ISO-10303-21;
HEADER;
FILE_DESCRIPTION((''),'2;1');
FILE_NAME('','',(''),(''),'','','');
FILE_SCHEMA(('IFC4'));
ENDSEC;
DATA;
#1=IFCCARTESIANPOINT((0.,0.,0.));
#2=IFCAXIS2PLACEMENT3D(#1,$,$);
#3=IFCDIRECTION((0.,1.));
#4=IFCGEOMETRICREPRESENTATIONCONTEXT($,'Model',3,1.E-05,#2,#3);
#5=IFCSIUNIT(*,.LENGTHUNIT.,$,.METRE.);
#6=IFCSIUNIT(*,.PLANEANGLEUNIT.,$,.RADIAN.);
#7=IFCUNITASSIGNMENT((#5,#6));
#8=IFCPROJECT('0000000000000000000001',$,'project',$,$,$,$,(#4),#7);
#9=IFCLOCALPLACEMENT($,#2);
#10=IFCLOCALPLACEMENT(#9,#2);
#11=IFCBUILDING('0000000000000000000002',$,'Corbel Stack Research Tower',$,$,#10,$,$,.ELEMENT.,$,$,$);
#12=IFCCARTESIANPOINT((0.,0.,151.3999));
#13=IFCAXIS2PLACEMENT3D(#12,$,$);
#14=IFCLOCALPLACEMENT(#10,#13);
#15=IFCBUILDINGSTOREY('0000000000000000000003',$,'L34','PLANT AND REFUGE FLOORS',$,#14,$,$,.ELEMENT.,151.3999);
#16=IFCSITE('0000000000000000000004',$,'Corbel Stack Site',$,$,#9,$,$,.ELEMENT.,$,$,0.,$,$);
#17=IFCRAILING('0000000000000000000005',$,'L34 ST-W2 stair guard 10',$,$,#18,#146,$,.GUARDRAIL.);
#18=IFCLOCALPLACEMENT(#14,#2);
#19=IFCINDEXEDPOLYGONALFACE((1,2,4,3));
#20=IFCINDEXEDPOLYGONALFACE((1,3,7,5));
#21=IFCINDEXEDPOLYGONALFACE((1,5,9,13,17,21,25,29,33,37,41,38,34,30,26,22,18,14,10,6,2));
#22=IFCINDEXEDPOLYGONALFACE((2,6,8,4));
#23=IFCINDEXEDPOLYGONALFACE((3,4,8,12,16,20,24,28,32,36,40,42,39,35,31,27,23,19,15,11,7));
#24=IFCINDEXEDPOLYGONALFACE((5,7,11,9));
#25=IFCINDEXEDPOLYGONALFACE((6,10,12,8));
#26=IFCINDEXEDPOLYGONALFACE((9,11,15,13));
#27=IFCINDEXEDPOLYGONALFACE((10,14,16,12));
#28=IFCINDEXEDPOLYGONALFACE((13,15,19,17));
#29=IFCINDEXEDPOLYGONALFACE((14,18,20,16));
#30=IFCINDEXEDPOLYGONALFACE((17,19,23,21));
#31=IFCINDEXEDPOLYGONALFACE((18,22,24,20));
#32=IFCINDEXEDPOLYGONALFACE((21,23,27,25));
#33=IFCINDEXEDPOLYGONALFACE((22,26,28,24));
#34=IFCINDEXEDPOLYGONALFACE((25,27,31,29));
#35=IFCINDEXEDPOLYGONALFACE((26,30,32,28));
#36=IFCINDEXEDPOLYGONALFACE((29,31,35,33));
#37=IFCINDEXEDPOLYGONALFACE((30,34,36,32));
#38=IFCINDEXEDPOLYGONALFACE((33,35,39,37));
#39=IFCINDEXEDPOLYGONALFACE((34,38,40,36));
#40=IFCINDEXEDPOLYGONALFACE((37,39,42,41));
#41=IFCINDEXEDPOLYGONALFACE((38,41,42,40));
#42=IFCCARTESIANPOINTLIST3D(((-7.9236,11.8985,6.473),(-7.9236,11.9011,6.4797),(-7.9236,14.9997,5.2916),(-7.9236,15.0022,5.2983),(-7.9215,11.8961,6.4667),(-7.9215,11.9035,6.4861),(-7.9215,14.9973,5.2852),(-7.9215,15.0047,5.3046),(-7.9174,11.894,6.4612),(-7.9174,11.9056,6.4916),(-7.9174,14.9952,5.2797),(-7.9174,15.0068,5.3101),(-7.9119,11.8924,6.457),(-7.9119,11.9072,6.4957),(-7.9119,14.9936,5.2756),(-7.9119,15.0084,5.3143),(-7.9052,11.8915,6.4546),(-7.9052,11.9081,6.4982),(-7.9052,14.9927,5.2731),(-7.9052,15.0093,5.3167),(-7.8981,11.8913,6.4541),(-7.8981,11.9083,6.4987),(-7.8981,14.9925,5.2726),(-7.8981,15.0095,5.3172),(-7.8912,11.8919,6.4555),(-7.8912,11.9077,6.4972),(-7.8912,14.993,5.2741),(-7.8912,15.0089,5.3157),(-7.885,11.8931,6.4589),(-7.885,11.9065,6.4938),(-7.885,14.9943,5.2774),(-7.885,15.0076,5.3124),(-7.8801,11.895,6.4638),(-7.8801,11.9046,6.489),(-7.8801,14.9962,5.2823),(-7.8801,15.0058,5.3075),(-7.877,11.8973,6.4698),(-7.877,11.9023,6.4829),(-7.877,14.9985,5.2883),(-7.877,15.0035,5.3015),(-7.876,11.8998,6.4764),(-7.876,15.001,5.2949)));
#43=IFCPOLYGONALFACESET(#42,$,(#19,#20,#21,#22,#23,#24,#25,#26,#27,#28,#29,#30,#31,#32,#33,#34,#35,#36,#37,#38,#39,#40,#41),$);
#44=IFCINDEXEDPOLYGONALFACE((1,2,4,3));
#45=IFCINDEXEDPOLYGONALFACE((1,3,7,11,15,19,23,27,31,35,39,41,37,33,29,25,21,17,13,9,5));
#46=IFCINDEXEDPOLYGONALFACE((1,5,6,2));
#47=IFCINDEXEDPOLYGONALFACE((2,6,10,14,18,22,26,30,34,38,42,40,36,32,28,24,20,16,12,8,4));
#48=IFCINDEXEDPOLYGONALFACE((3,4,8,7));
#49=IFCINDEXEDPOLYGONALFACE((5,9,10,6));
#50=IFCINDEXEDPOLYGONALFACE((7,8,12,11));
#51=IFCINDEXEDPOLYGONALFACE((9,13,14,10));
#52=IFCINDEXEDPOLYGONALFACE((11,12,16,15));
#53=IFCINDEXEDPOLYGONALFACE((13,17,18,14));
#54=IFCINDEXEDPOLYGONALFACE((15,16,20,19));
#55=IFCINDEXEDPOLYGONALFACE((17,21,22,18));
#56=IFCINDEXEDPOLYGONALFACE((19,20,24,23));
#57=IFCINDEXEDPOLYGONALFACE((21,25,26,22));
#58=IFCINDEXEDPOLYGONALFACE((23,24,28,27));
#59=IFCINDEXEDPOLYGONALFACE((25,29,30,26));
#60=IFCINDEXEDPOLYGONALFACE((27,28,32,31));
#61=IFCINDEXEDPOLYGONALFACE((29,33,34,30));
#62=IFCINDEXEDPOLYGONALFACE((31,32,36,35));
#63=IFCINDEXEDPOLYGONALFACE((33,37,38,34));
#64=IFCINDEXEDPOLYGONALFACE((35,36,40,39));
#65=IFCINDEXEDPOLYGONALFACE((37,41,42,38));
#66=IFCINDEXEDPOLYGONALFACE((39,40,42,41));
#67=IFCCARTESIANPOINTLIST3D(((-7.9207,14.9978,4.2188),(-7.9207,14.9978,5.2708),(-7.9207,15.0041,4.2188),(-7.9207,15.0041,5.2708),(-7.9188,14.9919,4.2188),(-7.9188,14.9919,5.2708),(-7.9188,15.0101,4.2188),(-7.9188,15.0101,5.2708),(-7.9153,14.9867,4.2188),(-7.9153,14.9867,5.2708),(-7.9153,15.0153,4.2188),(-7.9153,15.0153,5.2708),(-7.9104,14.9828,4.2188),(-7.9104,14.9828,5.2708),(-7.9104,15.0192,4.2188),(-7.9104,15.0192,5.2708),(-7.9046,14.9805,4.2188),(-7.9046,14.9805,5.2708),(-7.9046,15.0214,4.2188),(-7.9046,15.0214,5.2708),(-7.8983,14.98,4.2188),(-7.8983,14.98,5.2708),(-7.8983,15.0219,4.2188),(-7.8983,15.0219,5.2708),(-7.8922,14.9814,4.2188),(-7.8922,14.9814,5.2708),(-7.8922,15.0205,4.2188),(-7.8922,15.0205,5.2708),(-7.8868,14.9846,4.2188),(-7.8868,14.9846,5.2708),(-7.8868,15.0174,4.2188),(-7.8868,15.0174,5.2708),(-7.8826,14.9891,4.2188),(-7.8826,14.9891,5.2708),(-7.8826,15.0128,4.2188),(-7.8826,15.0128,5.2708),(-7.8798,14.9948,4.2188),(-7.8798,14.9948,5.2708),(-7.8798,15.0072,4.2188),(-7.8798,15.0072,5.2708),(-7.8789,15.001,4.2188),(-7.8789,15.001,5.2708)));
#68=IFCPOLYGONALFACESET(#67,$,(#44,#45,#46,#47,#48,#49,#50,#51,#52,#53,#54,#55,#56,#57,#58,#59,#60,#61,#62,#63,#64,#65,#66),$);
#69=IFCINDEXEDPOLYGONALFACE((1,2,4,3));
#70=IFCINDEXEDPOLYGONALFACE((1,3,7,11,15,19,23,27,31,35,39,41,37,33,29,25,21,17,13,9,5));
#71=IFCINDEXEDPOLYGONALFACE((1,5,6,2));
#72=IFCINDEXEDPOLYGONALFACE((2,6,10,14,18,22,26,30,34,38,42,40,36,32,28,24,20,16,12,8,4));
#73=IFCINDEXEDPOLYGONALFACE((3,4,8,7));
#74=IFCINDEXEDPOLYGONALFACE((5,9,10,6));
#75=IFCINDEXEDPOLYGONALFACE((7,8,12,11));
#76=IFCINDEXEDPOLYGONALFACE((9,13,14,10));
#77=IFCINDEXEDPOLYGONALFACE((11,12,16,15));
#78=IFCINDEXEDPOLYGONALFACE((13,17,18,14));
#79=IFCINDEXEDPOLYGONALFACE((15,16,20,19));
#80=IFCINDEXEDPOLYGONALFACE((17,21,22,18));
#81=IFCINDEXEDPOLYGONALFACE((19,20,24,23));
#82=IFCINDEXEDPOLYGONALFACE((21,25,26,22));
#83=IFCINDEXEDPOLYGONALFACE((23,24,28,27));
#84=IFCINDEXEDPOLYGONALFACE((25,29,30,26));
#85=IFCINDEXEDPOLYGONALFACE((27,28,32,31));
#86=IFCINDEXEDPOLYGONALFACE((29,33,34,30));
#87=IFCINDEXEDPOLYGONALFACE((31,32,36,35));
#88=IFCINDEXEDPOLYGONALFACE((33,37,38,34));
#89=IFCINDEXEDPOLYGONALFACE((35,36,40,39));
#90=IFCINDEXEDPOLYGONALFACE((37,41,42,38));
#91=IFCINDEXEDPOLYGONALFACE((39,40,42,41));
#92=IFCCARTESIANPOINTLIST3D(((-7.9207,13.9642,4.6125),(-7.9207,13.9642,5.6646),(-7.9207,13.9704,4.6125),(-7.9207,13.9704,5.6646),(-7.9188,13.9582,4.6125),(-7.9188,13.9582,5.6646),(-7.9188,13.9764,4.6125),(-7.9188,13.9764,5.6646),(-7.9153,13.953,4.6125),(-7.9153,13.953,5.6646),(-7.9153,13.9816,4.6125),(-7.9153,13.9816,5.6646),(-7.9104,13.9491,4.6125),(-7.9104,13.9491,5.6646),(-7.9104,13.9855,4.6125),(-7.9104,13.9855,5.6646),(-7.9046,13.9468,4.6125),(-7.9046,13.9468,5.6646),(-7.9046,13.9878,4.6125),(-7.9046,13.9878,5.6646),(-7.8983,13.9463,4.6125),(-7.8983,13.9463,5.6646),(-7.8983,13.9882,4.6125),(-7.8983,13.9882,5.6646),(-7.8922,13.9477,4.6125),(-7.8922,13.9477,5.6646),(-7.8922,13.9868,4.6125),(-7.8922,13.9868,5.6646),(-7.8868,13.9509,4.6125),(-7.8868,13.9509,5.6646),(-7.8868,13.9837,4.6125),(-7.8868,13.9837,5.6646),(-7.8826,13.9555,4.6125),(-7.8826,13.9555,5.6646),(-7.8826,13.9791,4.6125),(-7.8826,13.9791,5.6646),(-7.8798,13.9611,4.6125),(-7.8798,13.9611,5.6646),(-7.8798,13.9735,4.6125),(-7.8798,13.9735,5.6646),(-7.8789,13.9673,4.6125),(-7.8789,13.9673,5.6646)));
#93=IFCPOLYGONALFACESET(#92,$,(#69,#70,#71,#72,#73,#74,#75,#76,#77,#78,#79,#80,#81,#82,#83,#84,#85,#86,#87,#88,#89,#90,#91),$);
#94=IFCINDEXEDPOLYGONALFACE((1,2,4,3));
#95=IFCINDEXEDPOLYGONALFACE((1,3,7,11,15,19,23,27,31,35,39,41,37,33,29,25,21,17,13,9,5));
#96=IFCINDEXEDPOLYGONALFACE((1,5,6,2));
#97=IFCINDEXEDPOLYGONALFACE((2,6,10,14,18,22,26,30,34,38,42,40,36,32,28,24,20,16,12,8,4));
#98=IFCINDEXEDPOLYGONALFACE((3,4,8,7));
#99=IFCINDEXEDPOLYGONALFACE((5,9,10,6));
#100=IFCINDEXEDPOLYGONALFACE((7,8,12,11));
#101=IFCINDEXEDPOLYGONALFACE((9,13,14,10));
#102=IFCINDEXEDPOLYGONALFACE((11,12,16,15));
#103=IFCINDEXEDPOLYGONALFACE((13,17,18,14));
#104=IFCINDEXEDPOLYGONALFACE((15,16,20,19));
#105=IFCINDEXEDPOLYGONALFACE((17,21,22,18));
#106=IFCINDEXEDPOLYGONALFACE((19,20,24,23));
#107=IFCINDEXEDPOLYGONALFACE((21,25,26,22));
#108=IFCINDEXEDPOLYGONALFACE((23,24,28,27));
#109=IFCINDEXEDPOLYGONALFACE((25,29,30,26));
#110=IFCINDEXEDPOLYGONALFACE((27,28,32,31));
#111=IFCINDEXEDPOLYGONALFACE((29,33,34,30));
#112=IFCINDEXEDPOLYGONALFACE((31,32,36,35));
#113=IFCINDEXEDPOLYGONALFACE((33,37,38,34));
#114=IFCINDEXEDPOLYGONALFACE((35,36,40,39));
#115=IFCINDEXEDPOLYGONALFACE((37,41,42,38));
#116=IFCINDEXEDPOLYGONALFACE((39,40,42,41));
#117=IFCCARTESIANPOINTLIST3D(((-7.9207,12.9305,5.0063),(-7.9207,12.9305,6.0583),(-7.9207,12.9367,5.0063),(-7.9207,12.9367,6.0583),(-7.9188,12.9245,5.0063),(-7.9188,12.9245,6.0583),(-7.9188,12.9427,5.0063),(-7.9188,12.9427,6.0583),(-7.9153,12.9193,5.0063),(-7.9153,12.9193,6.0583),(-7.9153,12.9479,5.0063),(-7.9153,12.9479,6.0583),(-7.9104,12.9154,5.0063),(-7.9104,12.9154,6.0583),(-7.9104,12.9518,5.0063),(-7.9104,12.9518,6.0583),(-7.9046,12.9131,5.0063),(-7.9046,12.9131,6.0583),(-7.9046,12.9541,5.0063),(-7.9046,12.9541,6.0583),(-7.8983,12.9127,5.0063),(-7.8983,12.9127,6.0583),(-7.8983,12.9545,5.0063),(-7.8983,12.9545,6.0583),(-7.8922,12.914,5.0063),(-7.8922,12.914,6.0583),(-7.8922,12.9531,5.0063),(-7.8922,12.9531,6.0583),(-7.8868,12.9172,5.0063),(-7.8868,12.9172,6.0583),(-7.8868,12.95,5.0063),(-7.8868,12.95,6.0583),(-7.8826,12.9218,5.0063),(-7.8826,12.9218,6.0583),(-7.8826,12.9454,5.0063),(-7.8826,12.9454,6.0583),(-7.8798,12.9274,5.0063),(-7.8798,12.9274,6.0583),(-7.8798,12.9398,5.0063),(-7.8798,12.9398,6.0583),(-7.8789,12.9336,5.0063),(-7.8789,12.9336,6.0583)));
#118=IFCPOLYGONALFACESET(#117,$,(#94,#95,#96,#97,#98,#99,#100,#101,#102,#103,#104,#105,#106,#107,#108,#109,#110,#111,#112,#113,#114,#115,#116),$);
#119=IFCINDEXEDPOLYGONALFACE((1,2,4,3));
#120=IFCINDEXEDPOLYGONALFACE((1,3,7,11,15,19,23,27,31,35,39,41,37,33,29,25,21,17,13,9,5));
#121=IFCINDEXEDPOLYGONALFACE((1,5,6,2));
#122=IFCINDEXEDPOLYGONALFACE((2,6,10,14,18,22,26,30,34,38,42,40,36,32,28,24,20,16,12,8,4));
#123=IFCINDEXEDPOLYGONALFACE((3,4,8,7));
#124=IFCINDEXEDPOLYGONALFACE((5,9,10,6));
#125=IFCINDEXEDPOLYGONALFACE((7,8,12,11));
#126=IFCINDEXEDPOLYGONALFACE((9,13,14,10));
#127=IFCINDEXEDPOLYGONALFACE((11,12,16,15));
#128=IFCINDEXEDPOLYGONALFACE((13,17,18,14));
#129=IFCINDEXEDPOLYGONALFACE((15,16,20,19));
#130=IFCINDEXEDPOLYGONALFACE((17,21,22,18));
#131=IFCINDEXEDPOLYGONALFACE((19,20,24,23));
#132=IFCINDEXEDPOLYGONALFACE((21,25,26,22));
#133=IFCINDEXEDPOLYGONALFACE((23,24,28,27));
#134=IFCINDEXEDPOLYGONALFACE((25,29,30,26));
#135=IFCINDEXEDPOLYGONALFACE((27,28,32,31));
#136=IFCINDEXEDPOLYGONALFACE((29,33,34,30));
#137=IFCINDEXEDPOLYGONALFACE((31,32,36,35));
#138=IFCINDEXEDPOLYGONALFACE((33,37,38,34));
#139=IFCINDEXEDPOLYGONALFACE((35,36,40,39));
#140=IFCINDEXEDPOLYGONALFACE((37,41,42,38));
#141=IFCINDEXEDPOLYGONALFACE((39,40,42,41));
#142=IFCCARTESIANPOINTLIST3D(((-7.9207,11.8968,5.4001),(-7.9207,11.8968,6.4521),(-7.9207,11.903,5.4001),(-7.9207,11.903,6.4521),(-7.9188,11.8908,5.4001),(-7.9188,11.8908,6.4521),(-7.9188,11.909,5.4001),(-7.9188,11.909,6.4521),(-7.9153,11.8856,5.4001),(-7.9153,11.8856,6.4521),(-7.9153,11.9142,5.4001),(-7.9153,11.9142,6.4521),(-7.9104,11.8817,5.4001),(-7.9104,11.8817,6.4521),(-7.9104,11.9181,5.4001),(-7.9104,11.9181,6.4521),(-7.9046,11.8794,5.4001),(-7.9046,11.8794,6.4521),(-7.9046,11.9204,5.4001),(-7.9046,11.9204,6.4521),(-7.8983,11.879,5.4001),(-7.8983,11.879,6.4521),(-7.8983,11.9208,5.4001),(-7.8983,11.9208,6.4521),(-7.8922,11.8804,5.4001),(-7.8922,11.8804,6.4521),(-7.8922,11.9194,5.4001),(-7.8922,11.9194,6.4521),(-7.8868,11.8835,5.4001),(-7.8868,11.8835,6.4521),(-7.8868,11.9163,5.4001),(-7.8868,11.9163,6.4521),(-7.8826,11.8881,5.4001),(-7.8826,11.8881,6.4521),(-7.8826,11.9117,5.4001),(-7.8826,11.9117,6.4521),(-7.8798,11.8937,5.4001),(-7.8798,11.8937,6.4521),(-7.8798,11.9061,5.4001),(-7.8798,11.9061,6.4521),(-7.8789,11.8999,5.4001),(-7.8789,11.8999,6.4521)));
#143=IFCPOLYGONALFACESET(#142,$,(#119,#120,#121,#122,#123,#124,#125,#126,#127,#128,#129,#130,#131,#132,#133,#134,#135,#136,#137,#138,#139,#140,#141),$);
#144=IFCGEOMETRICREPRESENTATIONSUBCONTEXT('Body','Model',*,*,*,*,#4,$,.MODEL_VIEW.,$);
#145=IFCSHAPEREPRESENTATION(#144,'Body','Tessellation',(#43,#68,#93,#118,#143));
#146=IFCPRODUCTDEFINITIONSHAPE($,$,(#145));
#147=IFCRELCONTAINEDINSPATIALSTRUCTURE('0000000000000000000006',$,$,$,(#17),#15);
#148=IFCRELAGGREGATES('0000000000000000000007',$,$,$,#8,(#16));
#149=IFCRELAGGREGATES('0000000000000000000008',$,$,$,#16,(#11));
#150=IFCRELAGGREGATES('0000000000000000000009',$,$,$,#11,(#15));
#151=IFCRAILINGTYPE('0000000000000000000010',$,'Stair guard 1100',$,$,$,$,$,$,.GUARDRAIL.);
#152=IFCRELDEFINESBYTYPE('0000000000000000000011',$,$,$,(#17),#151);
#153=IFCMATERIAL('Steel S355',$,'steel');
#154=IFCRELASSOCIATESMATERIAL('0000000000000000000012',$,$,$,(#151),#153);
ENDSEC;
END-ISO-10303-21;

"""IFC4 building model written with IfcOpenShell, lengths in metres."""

from ifc_helpers import new_model, si_unit, direction, frame, origin, origin_2d, place, context, subcontext, project, spatial, circle, extrude, material, type_object, element, save


model = new_model("IFC4")

# Units and contexts
model_context = context("Model", 3, precision=1e-05, world=origin(), true_north=direction((0.0, 1.0)))
body_context = subcontext(model_context, "Body", "Model", "MODEL_VIEW")
ifc_project = project(units=[si_unit("LENGTHUNIT", "METRE"), si_unit("PLANEANGLEUNIT", "RADIAN")], contexts=[model_context])

# Site, building, storey
site_placement = place(None, origin())
site = spatial("IfcSite", under=ifc_project, at=site_placement, Name="Corbel Stack Site", CompositionType="ELEMENT", RefElevation=0.0)
building_placement = place(site_placement, origin())
building = spatial("IfcBuilding", under=site, at=building_placement, Name="Corbel Stack Research Tower", CompositionType="ELEMENT")
storey_placement = place(building_placement, frame((0.0, 0.0, 151.3999)))
storey = spatial("IfcBuildingStorey", under=building, at=storey_placement, Name="L34", Description="PLANT AND REFUGE FLOORS", CompositionType="ELEMENT", Elevation=151.3999)

# Railing
ifc_material_1 = material(Name="Steel S355", Category="steel")
railing_type_1 = type_object("IfcRailingType", Name="Stair guard 1100", PredefinedType="GUARDRAIL", material=ifc_material_1)
railing_1_placement = place(storey_placement, frame((-7.8999, 15.001, 4.2188)))
element("IfcRailing", 1, at=railing_1_placement, inside=storey, type_object=railing_type_1, Name="L34 ST-W2 stair guard 10", PredefinedType="GUARDRAIL", context=body_context, shape_type="SweptSolid", body=[
    extrude(circle(Radius=0.0239, at=origin_2d()), frame((0.0, 0.0, 1.0762), z_axis=(0.0, -0.934484, 0.356005), x_axis=(1.0, 0.0, 0.0)), (0.0, 0.0, 1.0), 3.3186),
    extrude(circle(Radius=0.021, at=origin_2d()), origin(), (0.0, 0.0, 1.0), 1.052),
    extrude(circle(Radius=0.021, at=origin_2d()), frame((0.0, -1.0337, 0.3938)), (0.0, 0.0, 1.0), 1.052),
    extrude(circle(Radius=0.021, at=origin_2d()), frame((0.0, -2.0674, 0.7876)), (0.0, 0.0, 1.0), 1.052),
    extrude(circle(Radius=0.021, at=origin_2d()), frame((0.0, -3.1011, 1.1814)), (0.0, 0.0, 1.0), 1.052),
])

save(model, "model.ifc")
